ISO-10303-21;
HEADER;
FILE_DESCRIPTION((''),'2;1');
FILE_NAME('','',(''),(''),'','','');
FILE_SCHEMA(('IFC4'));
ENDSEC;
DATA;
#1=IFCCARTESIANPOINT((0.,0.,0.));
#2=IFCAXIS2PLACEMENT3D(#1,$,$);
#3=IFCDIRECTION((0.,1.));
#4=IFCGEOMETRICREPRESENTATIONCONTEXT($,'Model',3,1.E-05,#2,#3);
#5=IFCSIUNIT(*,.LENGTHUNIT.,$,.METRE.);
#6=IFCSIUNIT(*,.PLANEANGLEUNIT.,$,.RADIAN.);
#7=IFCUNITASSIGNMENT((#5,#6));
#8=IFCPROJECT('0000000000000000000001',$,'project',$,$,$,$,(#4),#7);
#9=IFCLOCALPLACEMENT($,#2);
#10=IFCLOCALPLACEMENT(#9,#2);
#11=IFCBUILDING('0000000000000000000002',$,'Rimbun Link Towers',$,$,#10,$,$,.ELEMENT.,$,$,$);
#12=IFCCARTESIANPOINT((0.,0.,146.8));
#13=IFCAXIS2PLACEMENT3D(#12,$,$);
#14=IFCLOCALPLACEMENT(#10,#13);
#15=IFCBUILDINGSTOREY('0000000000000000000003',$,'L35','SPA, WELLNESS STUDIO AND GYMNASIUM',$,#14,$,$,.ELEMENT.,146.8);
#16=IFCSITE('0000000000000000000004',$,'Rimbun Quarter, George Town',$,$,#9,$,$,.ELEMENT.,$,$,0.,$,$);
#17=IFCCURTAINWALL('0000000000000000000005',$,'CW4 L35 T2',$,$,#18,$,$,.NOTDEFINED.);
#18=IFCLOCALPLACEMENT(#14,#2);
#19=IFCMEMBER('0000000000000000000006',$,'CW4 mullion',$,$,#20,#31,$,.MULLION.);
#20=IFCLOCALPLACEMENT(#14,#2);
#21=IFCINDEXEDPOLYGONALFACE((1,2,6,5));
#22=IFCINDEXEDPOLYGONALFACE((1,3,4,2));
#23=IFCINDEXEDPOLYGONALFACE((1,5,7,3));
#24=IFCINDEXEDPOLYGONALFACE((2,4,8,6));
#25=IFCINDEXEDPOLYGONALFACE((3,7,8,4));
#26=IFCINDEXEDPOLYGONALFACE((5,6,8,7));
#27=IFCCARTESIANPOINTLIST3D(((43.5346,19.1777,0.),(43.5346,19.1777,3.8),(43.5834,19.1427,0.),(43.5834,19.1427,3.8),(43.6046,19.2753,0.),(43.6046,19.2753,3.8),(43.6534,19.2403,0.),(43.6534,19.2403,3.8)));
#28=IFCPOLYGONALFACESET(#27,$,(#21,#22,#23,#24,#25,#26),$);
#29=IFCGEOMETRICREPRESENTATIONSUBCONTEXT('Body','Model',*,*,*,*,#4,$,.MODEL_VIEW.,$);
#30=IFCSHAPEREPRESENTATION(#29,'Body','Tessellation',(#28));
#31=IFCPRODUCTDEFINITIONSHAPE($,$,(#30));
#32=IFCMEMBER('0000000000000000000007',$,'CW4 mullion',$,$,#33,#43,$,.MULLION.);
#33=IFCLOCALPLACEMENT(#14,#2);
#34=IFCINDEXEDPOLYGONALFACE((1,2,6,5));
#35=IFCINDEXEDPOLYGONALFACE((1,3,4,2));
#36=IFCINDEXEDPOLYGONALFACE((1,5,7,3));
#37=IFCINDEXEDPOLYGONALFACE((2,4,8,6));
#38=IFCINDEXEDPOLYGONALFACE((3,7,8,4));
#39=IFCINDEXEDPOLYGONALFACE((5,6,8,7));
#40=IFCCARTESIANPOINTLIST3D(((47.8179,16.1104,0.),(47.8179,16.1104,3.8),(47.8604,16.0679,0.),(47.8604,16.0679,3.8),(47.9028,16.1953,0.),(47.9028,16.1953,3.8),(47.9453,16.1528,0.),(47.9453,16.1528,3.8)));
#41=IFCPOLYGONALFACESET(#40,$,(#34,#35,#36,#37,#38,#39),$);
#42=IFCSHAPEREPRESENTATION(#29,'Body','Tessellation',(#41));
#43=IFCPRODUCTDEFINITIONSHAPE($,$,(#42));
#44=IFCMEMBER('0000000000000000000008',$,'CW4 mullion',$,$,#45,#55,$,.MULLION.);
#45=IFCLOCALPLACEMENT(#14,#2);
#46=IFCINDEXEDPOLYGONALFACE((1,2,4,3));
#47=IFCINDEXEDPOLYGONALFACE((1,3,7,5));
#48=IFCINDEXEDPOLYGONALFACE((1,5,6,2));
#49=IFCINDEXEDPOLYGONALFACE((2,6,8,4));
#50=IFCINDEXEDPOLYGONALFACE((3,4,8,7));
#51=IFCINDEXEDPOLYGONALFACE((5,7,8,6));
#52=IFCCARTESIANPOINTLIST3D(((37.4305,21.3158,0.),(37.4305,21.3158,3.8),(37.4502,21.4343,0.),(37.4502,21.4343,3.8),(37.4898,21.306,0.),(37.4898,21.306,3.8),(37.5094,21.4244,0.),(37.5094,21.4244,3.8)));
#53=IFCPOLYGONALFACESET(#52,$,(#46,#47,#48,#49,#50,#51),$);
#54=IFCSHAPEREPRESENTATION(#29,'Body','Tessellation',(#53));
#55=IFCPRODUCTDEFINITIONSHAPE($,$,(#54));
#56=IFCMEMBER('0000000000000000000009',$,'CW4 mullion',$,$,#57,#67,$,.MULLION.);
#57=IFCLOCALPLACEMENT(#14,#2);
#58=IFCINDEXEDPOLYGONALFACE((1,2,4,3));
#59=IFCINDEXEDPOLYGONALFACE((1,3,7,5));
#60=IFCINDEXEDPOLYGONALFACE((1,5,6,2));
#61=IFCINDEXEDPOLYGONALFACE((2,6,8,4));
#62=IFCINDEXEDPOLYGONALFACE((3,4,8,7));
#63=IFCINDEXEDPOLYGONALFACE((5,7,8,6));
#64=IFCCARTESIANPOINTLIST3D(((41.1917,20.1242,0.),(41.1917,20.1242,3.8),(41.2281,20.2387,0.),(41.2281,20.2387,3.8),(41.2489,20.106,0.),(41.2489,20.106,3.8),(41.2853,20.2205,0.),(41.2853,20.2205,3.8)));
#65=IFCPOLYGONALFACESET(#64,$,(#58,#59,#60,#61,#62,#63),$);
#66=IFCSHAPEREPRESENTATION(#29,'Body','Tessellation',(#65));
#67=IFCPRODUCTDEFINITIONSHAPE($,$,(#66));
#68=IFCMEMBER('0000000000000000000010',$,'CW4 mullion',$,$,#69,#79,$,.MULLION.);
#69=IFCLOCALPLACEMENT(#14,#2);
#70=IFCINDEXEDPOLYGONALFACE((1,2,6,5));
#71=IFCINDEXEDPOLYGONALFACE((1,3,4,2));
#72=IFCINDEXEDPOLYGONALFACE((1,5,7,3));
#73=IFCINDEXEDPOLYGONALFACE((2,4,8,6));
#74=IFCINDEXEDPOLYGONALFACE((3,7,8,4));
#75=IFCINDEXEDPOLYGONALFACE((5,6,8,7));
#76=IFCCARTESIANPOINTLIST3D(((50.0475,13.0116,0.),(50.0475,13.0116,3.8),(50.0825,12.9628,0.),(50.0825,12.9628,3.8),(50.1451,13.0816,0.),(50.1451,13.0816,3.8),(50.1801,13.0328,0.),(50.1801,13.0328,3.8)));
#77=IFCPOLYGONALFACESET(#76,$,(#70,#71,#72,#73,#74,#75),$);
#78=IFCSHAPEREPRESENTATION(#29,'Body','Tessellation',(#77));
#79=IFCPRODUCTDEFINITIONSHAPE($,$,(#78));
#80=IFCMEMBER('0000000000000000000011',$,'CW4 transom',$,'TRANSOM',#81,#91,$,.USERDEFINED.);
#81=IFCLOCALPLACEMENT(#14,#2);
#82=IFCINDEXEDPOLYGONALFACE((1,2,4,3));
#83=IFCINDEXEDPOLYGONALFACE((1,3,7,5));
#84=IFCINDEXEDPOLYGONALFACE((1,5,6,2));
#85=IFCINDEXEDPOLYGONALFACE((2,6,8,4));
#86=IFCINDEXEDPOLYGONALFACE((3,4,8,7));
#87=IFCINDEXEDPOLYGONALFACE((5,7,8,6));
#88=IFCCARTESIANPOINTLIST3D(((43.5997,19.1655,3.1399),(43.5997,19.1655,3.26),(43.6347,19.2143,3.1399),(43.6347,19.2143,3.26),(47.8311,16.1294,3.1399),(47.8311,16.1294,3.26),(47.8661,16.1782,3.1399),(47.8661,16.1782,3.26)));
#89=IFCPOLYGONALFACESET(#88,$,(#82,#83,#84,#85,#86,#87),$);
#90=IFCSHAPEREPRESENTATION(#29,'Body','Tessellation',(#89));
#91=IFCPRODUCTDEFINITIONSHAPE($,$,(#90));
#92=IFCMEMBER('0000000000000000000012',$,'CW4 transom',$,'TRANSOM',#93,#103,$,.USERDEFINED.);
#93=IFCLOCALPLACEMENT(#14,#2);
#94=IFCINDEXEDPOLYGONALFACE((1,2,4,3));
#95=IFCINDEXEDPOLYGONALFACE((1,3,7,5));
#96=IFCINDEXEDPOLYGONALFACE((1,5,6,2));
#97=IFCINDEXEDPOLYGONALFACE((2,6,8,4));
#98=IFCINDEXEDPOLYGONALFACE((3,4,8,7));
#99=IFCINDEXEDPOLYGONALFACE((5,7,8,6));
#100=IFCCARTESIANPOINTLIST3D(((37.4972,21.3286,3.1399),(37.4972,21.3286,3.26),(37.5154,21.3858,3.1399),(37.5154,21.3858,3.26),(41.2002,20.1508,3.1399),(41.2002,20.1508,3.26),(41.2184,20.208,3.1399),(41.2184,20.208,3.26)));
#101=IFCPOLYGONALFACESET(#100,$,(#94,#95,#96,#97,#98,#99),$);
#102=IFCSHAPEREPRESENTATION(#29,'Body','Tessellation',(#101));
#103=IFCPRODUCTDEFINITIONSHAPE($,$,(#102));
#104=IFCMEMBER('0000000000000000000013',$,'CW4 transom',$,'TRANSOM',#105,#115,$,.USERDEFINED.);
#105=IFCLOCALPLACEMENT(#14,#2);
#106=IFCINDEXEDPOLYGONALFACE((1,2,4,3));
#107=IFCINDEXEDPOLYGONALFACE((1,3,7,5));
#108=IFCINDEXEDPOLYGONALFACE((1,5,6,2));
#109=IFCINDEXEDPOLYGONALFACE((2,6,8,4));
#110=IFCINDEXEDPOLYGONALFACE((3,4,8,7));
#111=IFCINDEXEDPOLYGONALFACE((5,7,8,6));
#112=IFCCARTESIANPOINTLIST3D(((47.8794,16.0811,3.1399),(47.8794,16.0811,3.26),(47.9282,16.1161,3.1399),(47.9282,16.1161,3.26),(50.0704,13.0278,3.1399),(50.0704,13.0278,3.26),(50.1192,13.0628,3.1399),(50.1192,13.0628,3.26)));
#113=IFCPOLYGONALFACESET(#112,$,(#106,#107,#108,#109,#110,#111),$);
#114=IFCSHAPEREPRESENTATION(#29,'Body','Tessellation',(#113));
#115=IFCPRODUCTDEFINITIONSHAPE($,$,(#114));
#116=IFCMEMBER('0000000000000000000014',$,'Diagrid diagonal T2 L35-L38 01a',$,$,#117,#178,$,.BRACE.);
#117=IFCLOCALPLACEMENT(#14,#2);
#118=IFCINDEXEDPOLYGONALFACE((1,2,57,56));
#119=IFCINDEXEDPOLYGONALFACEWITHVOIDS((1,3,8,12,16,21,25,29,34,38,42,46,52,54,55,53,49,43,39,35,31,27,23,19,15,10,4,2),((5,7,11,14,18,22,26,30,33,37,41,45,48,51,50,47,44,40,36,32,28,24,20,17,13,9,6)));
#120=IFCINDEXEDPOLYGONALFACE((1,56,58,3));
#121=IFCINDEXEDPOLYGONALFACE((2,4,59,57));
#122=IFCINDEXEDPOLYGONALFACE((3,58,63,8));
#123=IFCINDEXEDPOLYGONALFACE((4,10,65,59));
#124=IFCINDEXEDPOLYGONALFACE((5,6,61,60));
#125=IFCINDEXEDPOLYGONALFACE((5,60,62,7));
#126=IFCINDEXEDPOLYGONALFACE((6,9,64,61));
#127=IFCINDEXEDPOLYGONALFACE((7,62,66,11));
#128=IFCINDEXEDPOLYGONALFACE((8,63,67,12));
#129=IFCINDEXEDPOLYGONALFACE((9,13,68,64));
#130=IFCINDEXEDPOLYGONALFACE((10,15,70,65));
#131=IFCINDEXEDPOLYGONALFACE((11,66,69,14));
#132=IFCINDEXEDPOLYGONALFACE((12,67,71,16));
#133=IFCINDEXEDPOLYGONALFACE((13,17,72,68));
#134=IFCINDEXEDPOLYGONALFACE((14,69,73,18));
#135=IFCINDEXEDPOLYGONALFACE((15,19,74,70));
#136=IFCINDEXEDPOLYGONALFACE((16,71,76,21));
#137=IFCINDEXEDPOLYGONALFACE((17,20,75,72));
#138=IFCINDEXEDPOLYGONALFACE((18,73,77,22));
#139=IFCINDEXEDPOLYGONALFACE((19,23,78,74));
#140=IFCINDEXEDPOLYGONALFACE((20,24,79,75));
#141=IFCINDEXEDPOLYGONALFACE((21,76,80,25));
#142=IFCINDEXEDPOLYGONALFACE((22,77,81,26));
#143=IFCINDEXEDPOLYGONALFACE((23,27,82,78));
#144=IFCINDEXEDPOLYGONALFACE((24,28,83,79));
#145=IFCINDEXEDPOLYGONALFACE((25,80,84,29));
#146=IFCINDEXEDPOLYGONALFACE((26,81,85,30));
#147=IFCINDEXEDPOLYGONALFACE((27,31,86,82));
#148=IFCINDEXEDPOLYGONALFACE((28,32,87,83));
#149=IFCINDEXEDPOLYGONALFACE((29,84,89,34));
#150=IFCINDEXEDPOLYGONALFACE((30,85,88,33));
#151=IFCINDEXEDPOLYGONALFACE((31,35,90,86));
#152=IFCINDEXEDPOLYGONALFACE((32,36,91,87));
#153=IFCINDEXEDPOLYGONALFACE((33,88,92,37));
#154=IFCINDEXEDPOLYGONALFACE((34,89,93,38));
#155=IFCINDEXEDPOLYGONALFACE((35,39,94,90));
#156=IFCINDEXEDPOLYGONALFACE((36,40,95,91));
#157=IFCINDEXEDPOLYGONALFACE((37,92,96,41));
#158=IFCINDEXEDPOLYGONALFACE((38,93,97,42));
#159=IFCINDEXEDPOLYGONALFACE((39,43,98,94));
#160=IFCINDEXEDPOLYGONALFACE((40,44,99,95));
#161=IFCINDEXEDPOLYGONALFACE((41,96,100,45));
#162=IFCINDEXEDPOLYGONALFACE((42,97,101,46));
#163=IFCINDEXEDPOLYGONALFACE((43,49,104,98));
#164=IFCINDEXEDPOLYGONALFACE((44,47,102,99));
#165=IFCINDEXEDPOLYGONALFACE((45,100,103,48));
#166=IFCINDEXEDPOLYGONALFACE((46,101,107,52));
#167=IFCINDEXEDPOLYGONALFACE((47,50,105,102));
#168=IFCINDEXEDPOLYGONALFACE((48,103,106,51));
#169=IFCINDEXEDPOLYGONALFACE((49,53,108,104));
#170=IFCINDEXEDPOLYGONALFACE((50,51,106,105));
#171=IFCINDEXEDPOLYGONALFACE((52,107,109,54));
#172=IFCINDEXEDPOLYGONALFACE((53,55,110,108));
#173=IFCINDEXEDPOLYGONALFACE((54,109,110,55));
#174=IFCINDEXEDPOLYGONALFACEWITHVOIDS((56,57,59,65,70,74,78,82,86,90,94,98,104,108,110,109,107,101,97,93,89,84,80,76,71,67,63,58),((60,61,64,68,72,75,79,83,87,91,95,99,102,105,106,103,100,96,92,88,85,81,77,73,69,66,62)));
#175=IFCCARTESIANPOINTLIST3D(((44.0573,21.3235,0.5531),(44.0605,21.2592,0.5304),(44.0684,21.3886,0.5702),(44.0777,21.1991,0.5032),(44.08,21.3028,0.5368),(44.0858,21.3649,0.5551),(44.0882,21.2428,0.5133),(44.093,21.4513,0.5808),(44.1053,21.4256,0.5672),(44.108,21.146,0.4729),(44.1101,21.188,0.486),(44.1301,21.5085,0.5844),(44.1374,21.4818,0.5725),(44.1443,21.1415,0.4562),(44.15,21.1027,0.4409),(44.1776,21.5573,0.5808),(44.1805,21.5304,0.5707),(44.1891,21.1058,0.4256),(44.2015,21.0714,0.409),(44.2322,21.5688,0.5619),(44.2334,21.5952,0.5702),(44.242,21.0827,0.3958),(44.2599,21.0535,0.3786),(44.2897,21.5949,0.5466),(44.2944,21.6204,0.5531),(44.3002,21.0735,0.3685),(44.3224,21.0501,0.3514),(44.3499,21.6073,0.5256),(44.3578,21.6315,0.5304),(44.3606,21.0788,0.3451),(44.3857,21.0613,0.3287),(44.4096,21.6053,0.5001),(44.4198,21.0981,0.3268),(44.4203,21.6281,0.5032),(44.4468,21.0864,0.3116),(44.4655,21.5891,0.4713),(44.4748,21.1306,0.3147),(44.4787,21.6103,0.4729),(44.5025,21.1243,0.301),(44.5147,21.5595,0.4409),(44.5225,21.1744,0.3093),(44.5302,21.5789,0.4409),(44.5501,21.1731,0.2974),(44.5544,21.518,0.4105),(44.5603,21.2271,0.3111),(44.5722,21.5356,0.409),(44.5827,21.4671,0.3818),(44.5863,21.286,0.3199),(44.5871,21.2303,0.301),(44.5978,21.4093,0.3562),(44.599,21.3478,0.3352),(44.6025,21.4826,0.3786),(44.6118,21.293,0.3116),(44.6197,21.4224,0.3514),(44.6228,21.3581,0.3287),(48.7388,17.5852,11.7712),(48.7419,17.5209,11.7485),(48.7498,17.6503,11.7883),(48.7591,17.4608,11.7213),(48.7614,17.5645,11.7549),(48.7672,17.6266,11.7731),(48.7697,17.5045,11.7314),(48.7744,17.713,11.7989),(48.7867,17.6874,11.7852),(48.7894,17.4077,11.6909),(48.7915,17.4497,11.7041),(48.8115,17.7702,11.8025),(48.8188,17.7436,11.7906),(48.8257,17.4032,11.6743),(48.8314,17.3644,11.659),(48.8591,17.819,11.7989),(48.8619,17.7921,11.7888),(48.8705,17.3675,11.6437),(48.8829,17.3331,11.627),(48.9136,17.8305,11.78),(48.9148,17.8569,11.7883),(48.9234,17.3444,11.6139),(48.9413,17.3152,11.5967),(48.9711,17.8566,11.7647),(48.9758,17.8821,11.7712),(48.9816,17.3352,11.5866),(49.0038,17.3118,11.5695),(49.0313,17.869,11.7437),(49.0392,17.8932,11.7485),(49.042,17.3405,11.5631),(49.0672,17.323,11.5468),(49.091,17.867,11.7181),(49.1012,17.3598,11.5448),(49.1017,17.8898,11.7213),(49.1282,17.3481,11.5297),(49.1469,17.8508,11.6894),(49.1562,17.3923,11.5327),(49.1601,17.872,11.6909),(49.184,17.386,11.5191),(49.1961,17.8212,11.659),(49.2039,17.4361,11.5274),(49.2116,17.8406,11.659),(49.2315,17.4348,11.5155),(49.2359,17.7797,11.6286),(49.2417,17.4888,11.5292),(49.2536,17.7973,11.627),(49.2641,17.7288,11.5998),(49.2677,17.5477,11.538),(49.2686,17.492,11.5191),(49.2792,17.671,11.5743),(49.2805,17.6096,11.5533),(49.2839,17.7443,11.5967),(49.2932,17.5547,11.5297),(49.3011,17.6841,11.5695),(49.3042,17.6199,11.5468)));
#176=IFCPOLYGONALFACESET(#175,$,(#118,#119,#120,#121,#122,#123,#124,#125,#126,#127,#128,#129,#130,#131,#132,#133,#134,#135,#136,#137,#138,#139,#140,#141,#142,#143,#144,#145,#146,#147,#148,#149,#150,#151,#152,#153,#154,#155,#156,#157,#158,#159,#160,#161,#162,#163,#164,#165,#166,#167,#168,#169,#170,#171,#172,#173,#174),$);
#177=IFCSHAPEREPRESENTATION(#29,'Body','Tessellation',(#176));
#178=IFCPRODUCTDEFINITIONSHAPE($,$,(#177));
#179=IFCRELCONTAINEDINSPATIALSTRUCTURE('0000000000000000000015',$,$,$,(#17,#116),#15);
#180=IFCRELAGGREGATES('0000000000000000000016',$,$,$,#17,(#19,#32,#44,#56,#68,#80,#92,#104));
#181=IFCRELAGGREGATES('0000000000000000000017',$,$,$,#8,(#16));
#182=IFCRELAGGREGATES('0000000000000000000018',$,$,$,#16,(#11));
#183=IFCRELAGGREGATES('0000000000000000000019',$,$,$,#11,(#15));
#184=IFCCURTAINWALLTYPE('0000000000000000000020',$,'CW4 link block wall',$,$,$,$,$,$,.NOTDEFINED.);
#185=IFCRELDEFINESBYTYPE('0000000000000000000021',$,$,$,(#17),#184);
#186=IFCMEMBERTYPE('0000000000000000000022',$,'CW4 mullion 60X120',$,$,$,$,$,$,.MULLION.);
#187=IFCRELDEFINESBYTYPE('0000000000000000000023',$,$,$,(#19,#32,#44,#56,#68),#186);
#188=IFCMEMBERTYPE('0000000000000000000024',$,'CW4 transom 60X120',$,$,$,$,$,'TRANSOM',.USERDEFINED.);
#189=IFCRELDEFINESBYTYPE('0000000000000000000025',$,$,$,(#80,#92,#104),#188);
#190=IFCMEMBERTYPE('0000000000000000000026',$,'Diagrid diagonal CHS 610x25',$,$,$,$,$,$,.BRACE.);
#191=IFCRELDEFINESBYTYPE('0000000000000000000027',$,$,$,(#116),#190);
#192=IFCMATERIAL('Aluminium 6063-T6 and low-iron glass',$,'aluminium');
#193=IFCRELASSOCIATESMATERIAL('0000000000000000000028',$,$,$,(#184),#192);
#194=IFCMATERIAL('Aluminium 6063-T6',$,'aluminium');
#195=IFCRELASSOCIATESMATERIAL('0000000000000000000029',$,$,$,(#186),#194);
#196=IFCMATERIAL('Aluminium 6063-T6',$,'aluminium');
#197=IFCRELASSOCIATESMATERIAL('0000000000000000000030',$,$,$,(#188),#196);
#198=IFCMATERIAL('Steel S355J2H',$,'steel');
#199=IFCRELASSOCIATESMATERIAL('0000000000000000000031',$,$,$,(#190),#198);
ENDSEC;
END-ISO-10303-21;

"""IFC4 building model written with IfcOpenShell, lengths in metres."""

from ifc_helpers import new_model, si_unit, direction, frame, origin, origin_2d, place, context, subcontext, project, spatial, rectangle, hollow_circle, extrude, material, material_profile, profile_set, type_object, element, aggregate, save


model = new_model("IFC4")

# Units and contexts
model_context = context("Model", 3, precision=1e-05, world=origin(), true_north=direction((0.0, 1.0)))
body_context = subcontext(model_context, "Body", "Model", "MODEL_VIEW")
ifc_project = project(units=[si_unit("LENGTHUNIT", "METRE"), si_unit("PLANEANGLEUNIT", "RADIAN")], contexts=[model_context])

# Site, building, storey
site_placement = place(None, origin())
site = spatial("IfcSite", under=ifc_project, at=site_placement, Name="Rimbun Quarter, George Town", CompositionType="ELEMENT", RefElevation=0.0)
building_placement = place(site_placement, origin())
building = spatial("IfcBuilding", under=site, at=building_placement, Name="Rimbun Link Towers", CompositionType="ELEMENT")
storey_placement = place(building_placement, frame((0.0, 0.0, 146.8)))
storey = spatial("IfcBuildingStorey", under=building, at=storey_placement, Name="L35", Description="SPA, WELLNESS STUDIO AND GYMNASIUM", CompositionType="ELEMENT", Elevation=146.8)

# Curtain wall, members
ifc_material_1 = material(Name="Aluminium 6063-T6 and low-iron glass", Category="aluminium")
curtain_wall_type = type_object("IfcCurtainWallType", Name="CW4 link block wall", PredefinedType="NOTDEFINED", material=ifc_material_1)
curtain_wall_placement = place(storey_placement, origin())
curtain_wall = element("IfcCurtainWall", 1, at=curtain_wall_placement, inside=storey, type_object=curtain_wall_type, Name="CW4 L35 T2", PredefinedType="NOTDEFINED")
ifc_material_2 = material(Name="Aluminium 6063-T6", Category="aluminium")
ifc_material_profile_1 = material_profile(ifc_material_2, rectangle(XDim=0.1201, YDim=0.0601, at=origin_2d()), Name="MULLION 60X120")
ifc_profile_set_1 = profile_set([ifc_material_profile_1], Name="Aluminium 6063-T6")
member_type_1 = type_object("IfcMemberType", Name="CW4 mullion 60X120", PredefinedType="MULLION", material=ifc_profile_set_1)
member_1_placement = place(storey_placement, frame((43.594, 19.209, 0.0), z_axis=(0.0, 0.0, 1.0), x_axis=(0.583009, 0.812465, 0.0)))
member_1 = element("IfcMember", 2, at=member_1_placement, type_object=member_type_1, Name="CW4 mullion", PredefinedType="MULLION", context=body_context, shape_type="SweptSolid", body=[
    extrude(rectangle(XDim=0.1201, YDim=0.0601, at=origin_2d()), origin(), (0.0, 0.0, 1.0), 3.8),
])
member_2_placement = place(storey_placement, frame((47.8816, 16.1316, 0.0), z_axis=(0.0, 0.0, 1.0), x_axis=(0.707107, 0.707107, 0.0)))
member_2 = element("IfcMember", 3, at=member_2_placement, type_object=member_type_1, Name="CW4 mullion", PredefinedType="MULLION", context=body_context, shape_type="SweptSolid", body=[
    extrude(rectangle(XDim=0.1201, YDim=0.0601, at=origin_2d()), origin(), (0.0, 0.0, 1.0), 3.8),
])
member_3_placement = place(storey_placement, frame((37.47, 21.3701, 0.0), z_axis=(0.0, 0.0, 1.0), x_axis=(0.163742, 0.986503, 0.0)))
member_3 = element("IfcMember", 4, at=member_3_placement, type_object=member_type_1, Name="CW4 mullion", PredefinedType="MULLION", context=body_context, shape_type="SweptSolid", body=[
    extrude(rectangle(XDim=0.1201, YDim=0.0601, at=origin_2d()), origin(), (0.0, 0.0, 1.0), 3.8),
])
member_4_placement = place(storey_placement, frame((41.2385, 20.1724, 0.0), z_axis=(0.0, 0.0, 1.0), x_axis=(0.30306, 0.952972, 0.0)))
member_4 = element("IfcMember", 5, at=member_4_placement, type_object=member_type_1, Name="CW4 mullion", PredefinedType="MULLION", context=body_context, shape_type="SweptSolid", body=[
    extrude(rectangle(XDim=0.1201, YDim=0.0601, at=origin_2d()), origin(), (0.0, 0.0, 1.0), 3.8),
])
member_5_placement = place(storey_placement, frame((50.1138, 13.0222, 0.0), z_axis=(0.0, 0.0, 1.0), x_axis=(0.812465, 0.583009, 0.0)))
member_5 = element("IfcMember", 6, at=member_5_placement, type_object=member_type_1, Name="CW4 mullion", PredefinedType="MULLION", context=body_context, shape_type="SweptSolid", body=[
    extrude(rectangle(XDim=0.1201, YDim=0.0601, at=origin_2d()), origin(), (0.0, 0.0, 1.0), 3.8),
])
ifc_material_3 = material(Name="Aluminium 6063-T6", Category="aluminium")
ifc_material_profile_2 = material_profile(ifc_material_3, rectangle(XDim=0.0601, YDim=0.1201, at=origin_2d()), Name="TRANSOM 60X120")
ifc_profile_set_2 = profile_set([ifc_material_profile_2], Name="Aluminium 6063-T6")
member_type_2 = type_object("IfcMemberType", Name="CW4 transom 60X120", ElementType="TRANSOM", PredefinedType="USERDEFINED", material=ifc_profile_set_2)
member_6_placement = place(storey_placement, frame((43.6172, 19.1899, 3.2), z_axis=(0.81249, -0.582975, 0.0), x_axis=(0.582975, 0.81249, 0.0)))
member_6 = element("IfcMember", 7, at=member_6_placement, type_object=member_type_2, Name="CW4 transom", ObjectType="TRANSOM", PredefinedType="USERDEFINED", context=body_context, shape_type="SweptSolid", body=[
    extrude(rectangle(XDim=0.0601, YDim=0.1201, at=origin_2d()), origin(), (0.0, 0.0, 1.0), 5.208),
])
member_7_placement = place(storey_placement, frame((37.5063, 21.3572, 3.2), z_axis=(0.95296, -0.303097, 0.0), x_axis=(0.303097, 0.95296, 0.0)))
member_7 = element("IfcMember", 8, at=member_7_placement, type_object=member_type_2, Name="CW4 transom", ObjectType="TRANSOM", PredefinedType="USERDEFINED", context=body_context, shape_type="SweptSolid", body=[
    extrude(rectangle(XDim=0.0601, YDim=0.1201, at=origin_2d()), origin(), (0.0, 0.0, 1.0), 3.8857),
])
member_8_placement = place(storey_placement, frame((47.9038, 16.0986, 3.2), z_axis=(0.583007, -0.812467, 0.0), x_axis=(0.812467, 0.583007, 0.0)))
member_8 = element("IfcMember", 9, at=member_8_placement, type_object=member_type_2, Name="CW4 transom", ObjectType="TRANSOM", PredefinedType="USERDEFINED", context=body_context, shape_type="SweptSolid", body=[
    extrude(rectangle(XDim=0.0601, YDim=0.1201, at=origin_2d()), origin(), (0.0, 0.0, 1.0), 3.7581),
])

# Member
ifc_material_4 = material(Name="Steel S355J2H", Category="steel")
ifc_material_profile_3 = material_profile(ifc_material_4, hollow_circle(Radius=0.3047, WallThickness=0.0249, at=origin_2d()), Name="Diagrid diagonal CHS 610x25")
ifc_profile_set_3 = profile_set([ifc_material_profile_3], Name="Steel S355J2H")
member_type_3 = type_object("IfcMemberType", Name="Diagrid diagonal CHS 610x25", PredefinedType="BRACE", material=ifc_profile_set_3)
member_9_placement = place(storey_placement, frame((44.3401, 21.3408, 0.4409), z_axis=(0.368107, -0.293948, 0.882095), x_axis=(0.623999, 0.781425, 0.0)))
element("IfcMember", 10, at=member_9_placement, inside=storey, type_object=member_type_3, Name="Diagrid diagonal T2 L35-L38 01a", PredefinedType="BRACE", context=body_context, shape_type="SweptSolid", body=[
    extrude(hollow_circle(Radius=0.3047, WallThickness=0.0249, at=origin_2d()), origin(), (0.0, 0.0, 1.0), 12.7175),
])

aggregate(curtain_wall, [member_1, member_2, member_3, member_4, member_5, member_6, member_7, member_8])

save(model, "model.ifc")
